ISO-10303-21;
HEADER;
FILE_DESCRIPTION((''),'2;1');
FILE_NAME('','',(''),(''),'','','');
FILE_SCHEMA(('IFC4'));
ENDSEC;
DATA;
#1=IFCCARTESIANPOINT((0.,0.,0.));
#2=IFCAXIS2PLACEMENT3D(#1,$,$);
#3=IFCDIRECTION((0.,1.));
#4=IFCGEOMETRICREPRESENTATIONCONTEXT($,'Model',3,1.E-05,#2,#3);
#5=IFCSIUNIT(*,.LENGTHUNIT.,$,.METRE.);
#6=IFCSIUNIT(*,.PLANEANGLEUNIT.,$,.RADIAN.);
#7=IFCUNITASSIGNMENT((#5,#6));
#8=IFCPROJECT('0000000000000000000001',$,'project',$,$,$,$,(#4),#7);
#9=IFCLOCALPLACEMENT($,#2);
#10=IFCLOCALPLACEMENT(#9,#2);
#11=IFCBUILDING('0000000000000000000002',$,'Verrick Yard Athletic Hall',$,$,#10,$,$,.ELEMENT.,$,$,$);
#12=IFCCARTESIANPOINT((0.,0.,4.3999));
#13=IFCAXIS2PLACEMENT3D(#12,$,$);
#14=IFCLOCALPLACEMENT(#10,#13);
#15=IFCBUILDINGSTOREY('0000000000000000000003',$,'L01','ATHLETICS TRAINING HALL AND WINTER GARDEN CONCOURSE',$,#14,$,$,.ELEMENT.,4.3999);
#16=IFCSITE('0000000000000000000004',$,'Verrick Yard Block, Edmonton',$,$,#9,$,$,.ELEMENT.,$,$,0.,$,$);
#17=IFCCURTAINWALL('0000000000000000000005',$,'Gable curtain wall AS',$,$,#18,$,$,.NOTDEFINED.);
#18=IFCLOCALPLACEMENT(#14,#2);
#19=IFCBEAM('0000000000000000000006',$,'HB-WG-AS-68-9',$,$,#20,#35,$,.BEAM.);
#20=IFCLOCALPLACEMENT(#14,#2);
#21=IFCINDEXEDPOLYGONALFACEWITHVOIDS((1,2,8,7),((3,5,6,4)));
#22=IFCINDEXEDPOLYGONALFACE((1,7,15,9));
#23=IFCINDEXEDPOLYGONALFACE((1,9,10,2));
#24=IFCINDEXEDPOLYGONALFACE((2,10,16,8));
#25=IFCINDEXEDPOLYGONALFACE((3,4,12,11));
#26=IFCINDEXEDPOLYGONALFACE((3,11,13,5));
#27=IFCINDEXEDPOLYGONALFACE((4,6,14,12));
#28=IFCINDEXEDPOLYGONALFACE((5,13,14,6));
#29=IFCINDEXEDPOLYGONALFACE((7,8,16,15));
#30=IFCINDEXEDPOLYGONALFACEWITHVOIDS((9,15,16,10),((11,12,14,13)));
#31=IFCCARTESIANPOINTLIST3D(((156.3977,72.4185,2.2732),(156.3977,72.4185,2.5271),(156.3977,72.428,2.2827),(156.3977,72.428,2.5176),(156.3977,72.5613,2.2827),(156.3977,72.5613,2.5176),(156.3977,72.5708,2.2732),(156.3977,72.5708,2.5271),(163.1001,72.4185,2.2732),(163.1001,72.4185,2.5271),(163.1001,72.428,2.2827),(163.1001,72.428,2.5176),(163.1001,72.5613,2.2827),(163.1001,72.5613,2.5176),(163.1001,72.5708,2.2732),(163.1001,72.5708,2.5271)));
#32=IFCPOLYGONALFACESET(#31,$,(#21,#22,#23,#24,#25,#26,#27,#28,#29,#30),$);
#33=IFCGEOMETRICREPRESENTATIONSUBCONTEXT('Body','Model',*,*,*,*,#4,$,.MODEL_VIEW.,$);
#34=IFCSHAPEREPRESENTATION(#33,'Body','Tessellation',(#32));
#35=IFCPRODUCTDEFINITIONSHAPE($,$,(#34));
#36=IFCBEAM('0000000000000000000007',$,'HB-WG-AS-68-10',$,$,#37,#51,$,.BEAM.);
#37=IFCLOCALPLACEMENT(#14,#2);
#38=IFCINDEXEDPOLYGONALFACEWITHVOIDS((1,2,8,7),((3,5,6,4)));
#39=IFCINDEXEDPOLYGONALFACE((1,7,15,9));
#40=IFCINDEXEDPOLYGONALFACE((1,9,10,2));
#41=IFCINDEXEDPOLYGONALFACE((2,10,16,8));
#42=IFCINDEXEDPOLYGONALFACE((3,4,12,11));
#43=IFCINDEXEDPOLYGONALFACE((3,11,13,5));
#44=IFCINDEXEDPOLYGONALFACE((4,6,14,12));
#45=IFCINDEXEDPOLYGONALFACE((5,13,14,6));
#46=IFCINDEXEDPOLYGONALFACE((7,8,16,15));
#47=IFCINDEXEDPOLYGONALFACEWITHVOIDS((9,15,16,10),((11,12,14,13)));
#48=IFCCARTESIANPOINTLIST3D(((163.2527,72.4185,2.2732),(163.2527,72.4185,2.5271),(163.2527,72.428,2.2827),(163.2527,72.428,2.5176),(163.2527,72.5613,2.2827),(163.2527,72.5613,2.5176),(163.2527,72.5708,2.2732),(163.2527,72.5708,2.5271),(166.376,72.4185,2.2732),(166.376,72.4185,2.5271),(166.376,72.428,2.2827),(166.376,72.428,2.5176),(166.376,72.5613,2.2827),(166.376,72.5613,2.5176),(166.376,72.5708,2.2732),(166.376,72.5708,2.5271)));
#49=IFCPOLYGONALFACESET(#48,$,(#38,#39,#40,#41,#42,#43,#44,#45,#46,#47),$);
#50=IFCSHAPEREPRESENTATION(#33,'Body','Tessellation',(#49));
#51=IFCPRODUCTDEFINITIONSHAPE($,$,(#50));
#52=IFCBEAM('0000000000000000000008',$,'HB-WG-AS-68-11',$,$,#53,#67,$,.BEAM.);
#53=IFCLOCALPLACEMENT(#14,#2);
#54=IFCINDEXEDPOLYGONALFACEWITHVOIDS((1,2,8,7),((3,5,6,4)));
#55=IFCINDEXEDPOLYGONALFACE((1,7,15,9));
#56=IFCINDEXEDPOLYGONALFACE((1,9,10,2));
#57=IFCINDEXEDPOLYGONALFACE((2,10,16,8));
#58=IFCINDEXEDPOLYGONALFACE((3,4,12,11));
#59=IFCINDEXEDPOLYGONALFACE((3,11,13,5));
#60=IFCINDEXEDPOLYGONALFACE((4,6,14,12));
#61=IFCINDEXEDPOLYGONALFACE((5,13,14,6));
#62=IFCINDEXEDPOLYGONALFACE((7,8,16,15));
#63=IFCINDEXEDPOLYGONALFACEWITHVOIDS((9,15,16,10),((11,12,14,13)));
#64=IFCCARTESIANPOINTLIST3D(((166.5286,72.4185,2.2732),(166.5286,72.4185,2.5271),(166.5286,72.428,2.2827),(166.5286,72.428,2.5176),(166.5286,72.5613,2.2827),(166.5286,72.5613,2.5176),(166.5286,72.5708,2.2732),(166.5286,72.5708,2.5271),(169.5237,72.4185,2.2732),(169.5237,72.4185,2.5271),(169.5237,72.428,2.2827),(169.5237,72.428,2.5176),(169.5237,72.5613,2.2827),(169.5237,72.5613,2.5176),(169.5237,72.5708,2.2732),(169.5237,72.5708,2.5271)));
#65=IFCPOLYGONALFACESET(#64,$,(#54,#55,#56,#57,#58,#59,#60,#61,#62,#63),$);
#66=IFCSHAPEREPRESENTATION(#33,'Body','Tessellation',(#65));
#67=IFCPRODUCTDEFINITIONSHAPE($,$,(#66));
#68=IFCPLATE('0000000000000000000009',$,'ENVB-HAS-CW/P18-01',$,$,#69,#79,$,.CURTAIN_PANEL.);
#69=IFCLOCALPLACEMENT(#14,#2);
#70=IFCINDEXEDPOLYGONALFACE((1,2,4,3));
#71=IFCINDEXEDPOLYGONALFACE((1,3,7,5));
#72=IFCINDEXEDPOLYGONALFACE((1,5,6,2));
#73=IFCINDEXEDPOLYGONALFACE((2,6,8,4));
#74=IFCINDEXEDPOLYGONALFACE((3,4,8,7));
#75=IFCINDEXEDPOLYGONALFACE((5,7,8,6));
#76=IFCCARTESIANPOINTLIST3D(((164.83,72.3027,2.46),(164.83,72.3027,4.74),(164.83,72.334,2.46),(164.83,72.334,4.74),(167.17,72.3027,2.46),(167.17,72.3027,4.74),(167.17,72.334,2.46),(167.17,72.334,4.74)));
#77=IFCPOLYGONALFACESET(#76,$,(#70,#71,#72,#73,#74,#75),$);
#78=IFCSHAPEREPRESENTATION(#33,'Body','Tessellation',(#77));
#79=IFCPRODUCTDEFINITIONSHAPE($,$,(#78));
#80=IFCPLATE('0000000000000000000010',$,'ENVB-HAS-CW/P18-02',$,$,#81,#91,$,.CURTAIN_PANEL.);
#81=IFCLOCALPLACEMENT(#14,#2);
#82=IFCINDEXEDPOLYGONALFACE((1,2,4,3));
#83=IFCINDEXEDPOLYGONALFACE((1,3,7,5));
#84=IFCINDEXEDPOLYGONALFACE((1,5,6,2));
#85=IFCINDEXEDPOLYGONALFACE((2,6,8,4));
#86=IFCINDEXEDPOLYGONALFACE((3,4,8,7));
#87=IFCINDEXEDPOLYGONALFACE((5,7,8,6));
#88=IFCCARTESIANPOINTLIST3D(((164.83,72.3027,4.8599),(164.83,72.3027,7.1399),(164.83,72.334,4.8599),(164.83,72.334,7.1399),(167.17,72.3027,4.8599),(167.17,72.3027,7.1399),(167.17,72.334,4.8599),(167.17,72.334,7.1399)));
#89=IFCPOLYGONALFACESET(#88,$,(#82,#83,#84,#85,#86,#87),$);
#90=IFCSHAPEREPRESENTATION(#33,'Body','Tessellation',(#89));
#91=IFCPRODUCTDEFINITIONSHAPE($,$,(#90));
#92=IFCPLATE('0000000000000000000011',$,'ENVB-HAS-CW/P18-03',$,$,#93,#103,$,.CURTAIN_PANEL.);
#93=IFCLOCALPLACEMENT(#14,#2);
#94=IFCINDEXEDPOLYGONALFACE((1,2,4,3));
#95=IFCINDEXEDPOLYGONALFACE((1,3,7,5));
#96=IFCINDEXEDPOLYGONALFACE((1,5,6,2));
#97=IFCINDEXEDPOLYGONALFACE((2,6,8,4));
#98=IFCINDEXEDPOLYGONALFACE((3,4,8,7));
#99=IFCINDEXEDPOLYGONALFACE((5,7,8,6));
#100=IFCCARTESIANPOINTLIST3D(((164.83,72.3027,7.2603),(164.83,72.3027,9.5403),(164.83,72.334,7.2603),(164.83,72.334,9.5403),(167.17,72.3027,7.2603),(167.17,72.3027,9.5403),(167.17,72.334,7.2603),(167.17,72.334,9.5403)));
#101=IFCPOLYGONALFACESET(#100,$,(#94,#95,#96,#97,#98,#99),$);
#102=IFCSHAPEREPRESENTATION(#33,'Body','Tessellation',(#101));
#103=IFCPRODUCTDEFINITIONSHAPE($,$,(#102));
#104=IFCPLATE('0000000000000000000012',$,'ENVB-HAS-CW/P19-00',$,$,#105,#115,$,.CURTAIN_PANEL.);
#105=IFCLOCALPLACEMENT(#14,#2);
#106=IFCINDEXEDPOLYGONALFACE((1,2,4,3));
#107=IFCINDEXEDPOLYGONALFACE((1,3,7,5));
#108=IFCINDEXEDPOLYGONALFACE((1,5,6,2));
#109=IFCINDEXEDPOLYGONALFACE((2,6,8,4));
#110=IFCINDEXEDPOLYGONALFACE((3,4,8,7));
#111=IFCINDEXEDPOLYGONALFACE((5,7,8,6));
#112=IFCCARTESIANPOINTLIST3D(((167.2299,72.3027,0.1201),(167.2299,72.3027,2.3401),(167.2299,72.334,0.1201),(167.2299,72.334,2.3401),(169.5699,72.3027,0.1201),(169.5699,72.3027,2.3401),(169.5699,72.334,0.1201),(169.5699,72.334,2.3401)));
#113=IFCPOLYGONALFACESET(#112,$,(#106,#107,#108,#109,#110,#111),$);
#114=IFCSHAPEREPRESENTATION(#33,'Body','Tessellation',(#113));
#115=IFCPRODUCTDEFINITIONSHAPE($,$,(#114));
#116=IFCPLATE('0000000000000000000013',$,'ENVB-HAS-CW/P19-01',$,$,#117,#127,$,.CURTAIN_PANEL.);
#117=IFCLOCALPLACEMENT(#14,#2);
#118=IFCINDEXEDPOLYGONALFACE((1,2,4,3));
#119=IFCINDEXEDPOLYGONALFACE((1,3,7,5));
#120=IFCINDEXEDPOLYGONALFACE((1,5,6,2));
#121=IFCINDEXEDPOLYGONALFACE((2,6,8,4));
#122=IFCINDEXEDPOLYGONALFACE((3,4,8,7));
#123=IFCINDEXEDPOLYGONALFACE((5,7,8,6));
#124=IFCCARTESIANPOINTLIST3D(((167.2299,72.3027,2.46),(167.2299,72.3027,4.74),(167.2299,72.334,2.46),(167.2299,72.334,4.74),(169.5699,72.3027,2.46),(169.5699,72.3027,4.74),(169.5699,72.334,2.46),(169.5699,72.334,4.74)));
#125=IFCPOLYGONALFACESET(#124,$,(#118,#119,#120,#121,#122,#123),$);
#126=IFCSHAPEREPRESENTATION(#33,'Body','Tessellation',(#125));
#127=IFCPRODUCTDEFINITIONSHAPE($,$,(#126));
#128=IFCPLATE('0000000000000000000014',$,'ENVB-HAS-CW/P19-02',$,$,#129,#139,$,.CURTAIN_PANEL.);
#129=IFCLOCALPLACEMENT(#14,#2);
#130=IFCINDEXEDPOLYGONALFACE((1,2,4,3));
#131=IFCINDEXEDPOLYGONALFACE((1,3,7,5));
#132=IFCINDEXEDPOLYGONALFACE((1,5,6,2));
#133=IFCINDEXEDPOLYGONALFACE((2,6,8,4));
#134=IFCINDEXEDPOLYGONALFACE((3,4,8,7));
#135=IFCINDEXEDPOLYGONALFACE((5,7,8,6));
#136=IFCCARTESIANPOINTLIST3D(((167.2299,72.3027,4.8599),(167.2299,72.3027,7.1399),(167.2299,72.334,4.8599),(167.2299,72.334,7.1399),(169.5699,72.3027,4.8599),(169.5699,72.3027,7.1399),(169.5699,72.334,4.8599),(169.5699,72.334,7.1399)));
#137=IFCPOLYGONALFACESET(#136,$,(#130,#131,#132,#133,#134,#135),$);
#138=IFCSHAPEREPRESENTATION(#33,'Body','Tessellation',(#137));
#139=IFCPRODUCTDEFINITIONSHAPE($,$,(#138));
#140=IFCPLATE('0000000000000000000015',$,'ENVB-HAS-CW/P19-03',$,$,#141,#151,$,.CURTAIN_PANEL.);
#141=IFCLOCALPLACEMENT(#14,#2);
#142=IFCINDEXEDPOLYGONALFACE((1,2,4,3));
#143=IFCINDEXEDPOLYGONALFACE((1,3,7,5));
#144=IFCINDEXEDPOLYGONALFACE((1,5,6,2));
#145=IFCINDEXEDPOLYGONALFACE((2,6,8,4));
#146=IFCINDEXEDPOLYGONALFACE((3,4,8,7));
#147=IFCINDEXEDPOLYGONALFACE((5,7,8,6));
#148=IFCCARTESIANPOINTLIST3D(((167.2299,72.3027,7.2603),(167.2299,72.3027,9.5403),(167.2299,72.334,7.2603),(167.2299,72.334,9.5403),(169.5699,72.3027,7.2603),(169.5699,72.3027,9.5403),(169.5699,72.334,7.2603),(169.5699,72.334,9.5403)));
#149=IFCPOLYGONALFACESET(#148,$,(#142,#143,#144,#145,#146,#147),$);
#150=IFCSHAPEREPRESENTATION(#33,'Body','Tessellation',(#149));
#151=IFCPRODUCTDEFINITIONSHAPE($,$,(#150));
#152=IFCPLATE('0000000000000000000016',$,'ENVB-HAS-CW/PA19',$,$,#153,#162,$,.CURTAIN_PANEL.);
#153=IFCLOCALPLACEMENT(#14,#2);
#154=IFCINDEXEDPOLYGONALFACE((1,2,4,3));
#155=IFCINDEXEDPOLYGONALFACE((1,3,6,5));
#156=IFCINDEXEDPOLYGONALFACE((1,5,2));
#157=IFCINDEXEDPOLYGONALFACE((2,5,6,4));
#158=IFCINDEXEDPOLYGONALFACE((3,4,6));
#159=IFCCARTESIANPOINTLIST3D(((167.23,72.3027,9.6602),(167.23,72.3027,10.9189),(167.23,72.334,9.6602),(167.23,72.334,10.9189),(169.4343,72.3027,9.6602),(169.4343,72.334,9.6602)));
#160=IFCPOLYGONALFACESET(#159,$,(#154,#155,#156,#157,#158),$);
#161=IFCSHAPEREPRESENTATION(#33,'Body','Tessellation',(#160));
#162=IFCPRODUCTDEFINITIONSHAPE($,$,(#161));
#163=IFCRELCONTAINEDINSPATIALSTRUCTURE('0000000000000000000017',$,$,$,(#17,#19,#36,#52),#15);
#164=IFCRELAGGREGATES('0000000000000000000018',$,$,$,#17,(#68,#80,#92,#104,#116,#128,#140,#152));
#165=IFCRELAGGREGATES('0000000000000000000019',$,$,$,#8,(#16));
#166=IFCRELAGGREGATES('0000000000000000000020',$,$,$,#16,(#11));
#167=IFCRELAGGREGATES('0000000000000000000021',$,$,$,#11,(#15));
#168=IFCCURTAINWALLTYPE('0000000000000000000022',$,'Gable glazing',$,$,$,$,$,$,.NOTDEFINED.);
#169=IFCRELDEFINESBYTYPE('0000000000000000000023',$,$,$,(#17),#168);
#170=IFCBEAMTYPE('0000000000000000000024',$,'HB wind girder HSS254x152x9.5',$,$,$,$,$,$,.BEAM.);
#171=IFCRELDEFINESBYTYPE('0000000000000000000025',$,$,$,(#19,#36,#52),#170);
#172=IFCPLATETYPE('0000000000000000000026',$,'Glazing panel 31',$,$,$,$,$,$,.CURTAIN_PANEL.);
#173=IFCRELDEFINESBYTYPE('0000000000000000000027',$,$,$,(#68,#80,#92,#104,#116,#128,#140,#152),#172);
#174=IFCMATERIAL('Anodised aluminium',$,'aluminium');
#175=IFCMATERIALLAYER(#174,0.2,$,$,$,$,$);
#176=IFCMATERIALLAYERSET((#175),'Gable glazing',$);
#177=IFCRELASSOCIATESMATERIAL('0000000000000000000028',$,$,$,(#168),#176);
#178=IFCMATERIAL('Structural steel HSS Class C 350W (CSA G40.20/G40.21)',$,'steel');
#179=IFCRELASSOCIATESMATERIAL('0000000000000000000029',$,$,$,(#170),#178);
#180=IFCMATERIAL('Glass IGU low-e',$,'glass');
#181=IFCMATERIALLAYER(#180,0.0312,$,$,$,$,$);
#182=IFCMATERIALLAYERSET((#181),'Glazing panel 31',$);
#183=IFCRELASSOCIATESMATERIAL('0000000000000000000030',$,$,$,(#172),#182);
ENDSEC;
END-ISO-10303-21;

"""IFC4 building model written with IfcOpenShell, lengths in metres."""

from ifc_helpers import new_model, si_unit, direction, frame, origin, origin_2d, place, context, subcontext, project, spatial, polyline, rectangle, hollow_rectangle, outline, extrude, material, layer, layer_set, material_profile, profile_set, type_object, element, aggregate, save


model = new_model("IFC4")

# Units and contexts
model_context = context("Model", 3, precision=1e-05, world=origin(), true_north=direction((0.0, 1.0)))
body_context = subcontext(model_context, "Body", "Model", "MODEL_VIEW")
ifc_project = project(units=[si_unit("LENGTHUNIT", "METRE"), si_unit("PLANEANGLEUNIT", "RADIAN")], contexts=[model_context])

# Site, building, storey
site_placement = place(None, origin())
site = spatial("IfcSite", under=ifc_project, at=site_placement, Name="Verrick Yard Block, Edmonton", CompositionType="ELEMENT", RefElevation=0.0)
building_placement = place(site_placement, origin())
building = spatial("IfcBuilding", under=site, at=building_placement, Name="Verrick Yard Athletic Hall", CompositionType="ELEMENT")
storey_placement = place(building_placement, frame((0.0, 0.0, 4.3999)))
storey = spatial("IfcBuildingStorey", under=building, at=storey_placement, Name="L01", Description="ATHLETICS TRAINING HALL AND WINTER GARDEN CONCOURSE", CompositionType="ELEMENT", Elevation=4.3999)

# Curtain wall
ifc_material_1 = material(Name="Anodised aluminium", Category="aluminium")
ifc_layer_1 = layer(ifc_material_1, 0.2)
ifc_layer_set_1 = layer_set([ifc_layer_1], Name="Gable glazing")
curtain_wall_type = type_object("IfcCurtainWallType", Name="Gable glazing", PredefinedType="NOTDEFINED", material=ifc_layer_set_1)
curtain_wall_placement = place(storey_placement, origin())
curtain_wall = element("IfcCurtainWall", 1, at=curtain_wall_placement, inside=storey, type_object=curtain_wall_type, Name="Gable curtain wall AS", PredefinedType="NOTDEFINED")

# Shared definitions
ifc_material_2 = material(Name="Structural steel HSS Class C 350W (CSA G40.20/G40.21)", Category="steel")

# Beams
ifc_material_profile_1 = material_profile(ifc_material_2, hollow_rectangle(XDim=0.1523, YDim=0.2539, WallThickness=0.0095, at=origin_2d()), Name="HSS254x152x9.5")
ifc_profile_set_1 = profile_set([ifc_material_profile_1], Name="Structural steel HSS Class C 350W (CSA G40.20/G40.21)")
beam_type_1 = type_object("IfcBeamType", Name="HB wind girder HSS254x152x9.5", PredefinedType="BEAM", material=ifc_profile_set_1)
beam_1_placement = place(storey_placement, frame((156.3977, 72.4946, 2.4001), z_axis=(1.0, 0.0, 0.0), x_axis=(0.0, 1.0, 0.0)))
element("IfcBeam", 2, at=beam_1_placement, inside=storey, type_object=beam_type_1, Name="HB-WG-AS-68-9", PredefinedType="BEAM", context=body_context, shape_type="SweptSolid", body=[
    extrude(hollow_rectangle(XDim=0.1523, YDim=0.2539, WallThickness=0.0095, at=origin_2d()), origin(), (0.0, 0.0, 1.0), 6.7024),
])
beam_2_placement = place(storey_placement, frame((163.2527, 72.4946, 2.4001), z_axis=(1.0, 0.0, 0.0), x_axis=(0.0, 1.0, 0.0)))
element("IfcBeam", 3, at=beam_2_placement, inside=storey, type_object=beam_type_1, Name="HB-WG-AS-68-10", PredefinedType="BEAM", context=body_context, shape_type="SweptSolid", body=[
    extrude(hollow_rectangle(XDim=0.1523, YDim=0.2539, WallThickness=0.0095, at=origin_2d()), origin(), (0.0, 0.0, 1.0), 3.1233),
])
beam_3_placement = place(storey_placement, frame((166.5286, 72.4946, 2.4001), z_axis=(1.0, 0.0, 0.0), x_axis=(0.0, 1.0, 0.0)))
element("IfcBeam", 4, at=beam_3_placement, inside=storey, type_object=beam_type_1, Name="HB-WG-AS-68-11", PredefinedType="BEAM", context=body_context, shape_type="SweptSolid", body=[
    extrude(hollow_rectangle(XDim=0.1523, YDim=0.2539, WallThickness=0.0095, at=origin_2d()), origin(), (0.0, 0.0, 1.0), 2.9951),
])

# Plates
ifc_material_3 = material(Name="Glass IGU low-e", Category="glass")
ifc_layer_2 = layer(ifc_material_3, 0.0312)
ifc_layer_set_2 = layer_set([ifc_layer_2], Name="Glazing panel 31")
plate_type = type_object("IfcPlateType", Name="Glazing panel 31", PredefinedType="CURTAIN_PANEL", material=ifc_layer_set_2)
plate_1_placement = place(storey_placement, frame((166.0, 72.3184, 2.46), z_axis=(0.0, 0.0, 1.0), x_axis=(1.0, 0.0, 0.0)))
plate_1 = element("IfcPlate", 5, at=plate_1_placement, type_object=plate_type, Name="ENVB-HAS-CW/P18-01", PredefinedType="CURTAIN_PANEL", context=body_context, shape_type="SweptSolid", body=[
    extrude(rectangle(XDim=2.3401, YDim=0.0312, at=origin_2d()), origin(), (0.0, 0.0, 1.0), 2.28),
])
plate_2_placement = place(storey_placement, frame((166.0, 72.3184, 4.8599), z_axis=(0.0, 0.0, 1.0), x_axis=(1.0, 0.0, 0.0)))
plate_2 = element("IfcPlate", 6, at=plate_2_placement, type_object=plate_type, Name="ENVB-HAS-CW/P18-02", PredefinedType="CURTAIN_PANEL", context=body_context, shape_type="SweptSolid", body=[
    extrude(rectangle(XDim=2.3401, YDim=0.0312, at=origin_2d()), origin(), (0.0, 0.0, 1.0), 2.28),
])
plate_3_placement = place(storey_placement, frame((166.0, 72.3184, 7.2603), z_axis=(0.0, 0.0, 1.0), x_axis=(1.0, 0.0, 0.0)))
plate_3 = element("IfcPlate", 7, at=plate_3_placement, type_object=plate_type, Name="ENVB-HAS-CW/P18-03", PredefinedType="CURTAIN_PANEL", context=body_context, shape_type="SweptSolid", body=[
    extrude(rectangle(XDim=2.3401, YDim=0.0312, at=origin_2d()), origin(), (0.0, 0.0, 1.0), 2.28),
])
plate_4_placement = place(storey_placement, frame((168.3999, 72.3184, 0.1201), z_axis=(0.0, 0.0, 1.0), x_axis=(1.0, 0.0, 0.0)))
plate_4 = element("IfcPlate", 8, at=plate_4_placement, type_object=plate_type, Name="ENVB-HAS-CW/P19-00", PredefinedType="CURTAIN_PANEL", context=body_context, shape_type="SweptSolid", body=[
    extrude(rectangle(XDim=2.3401, YDim=0.0312, at=origin_2d()), origin(), (0.0, 0.0, 1.0), 2.22),
])
plate_5_placement = place(storey_placement, frame((168.3999, 72.3184, 2.46), z_axis=(0.0, 0.0, 1.0), x_axis=(1.0, 0.0, 0.0)))
plate_5 = element("IfcPlate", 9, at=plate_5_placement, type_object=plate_type, Name="ENVB-HAS-CW/P19-01", PredefinedType="CURTAIN_PANEL", context=body_context, shape_type="SweptSolid", body=[
    extrude(rectangle(XDim=2.3401, YDim=0.0312, at=origin_2d()), origin(), (0.0, 0.0, 1.0), 2.28),
])
plate_6_placement = place(storey_placement, frame((168.3999, 72.3184, 4.8599), z_axis=(0.0, 0.0, 1.0), x_axis=(1.0, 0.0, 0.0)))
plate_6 = element("IfcPlate", 10, at=plate_6_placement, type_object=plate_type, Name="ENVB-HAS-CW/P19-02", PredefinedType="CURTAIN_PANEL", context=body_context, shape_type="SweptSolid", body=[
    extrude(rectangle(XDim=2.3401, YDim=0.0312, at=origin_2d()), origin(), (0.0, 0.0, 1.0), 2.28),
])
plate_7_placement = place(storey_placement, frame((168.3999, 72.3184, 7.2603), z_axis=(0.0, 0.0, 1.0), x_axis=(1.0, 0.0, 0.0)))
plate_7 = element("IfcPlate", 11, at=plate_7_placement, type_object=plate_type, Name="ENVB-HAS-CW/P19-03", PredefinedType="CURTAIN_PANEL", context=body_context, shape_type="SweptSolid", body=[
    extrude(rectangle(XDim=2.3401, YDim=0.0312, at=origin_2d()), origin(), (0.0, 0.0, 1.0), 2.28),
])
plate_8_placement = place(storey_placement, frame((167.23, 72.3184, 9.6602), z_axis=(0.0, 0.0, 1.0), x_axis=(1.0, 0.0, 0.0)))
plate_8 = element("IfcPlate", 12, at=plate_8_placement, type_object=plate_type, Name="ENVB-HAS-CW/PA19", PredefinedType="CURTAIN_PANEL", context=body_context, shape_type="SweptSolid", body=[
    extrude(outline(polyline([(0.0, 1.2588), (2.2043, 0.0), (0.0, 0.0), (0.0, 1.2588)])), frame((0.0, 0.0156, 0.0), z_axis=(0.0, -1.0, 0.0), x_axis=(1.0, 0.0, 0.0)), (0.0, 0.0, 1.0), 0.0312),
])
aggregate(curtain_wall, [plate_1, plate_2, plate_3, plate_4, plate_5, plate_6, plate_7, plate_8])

save(model, "model.ifc")
